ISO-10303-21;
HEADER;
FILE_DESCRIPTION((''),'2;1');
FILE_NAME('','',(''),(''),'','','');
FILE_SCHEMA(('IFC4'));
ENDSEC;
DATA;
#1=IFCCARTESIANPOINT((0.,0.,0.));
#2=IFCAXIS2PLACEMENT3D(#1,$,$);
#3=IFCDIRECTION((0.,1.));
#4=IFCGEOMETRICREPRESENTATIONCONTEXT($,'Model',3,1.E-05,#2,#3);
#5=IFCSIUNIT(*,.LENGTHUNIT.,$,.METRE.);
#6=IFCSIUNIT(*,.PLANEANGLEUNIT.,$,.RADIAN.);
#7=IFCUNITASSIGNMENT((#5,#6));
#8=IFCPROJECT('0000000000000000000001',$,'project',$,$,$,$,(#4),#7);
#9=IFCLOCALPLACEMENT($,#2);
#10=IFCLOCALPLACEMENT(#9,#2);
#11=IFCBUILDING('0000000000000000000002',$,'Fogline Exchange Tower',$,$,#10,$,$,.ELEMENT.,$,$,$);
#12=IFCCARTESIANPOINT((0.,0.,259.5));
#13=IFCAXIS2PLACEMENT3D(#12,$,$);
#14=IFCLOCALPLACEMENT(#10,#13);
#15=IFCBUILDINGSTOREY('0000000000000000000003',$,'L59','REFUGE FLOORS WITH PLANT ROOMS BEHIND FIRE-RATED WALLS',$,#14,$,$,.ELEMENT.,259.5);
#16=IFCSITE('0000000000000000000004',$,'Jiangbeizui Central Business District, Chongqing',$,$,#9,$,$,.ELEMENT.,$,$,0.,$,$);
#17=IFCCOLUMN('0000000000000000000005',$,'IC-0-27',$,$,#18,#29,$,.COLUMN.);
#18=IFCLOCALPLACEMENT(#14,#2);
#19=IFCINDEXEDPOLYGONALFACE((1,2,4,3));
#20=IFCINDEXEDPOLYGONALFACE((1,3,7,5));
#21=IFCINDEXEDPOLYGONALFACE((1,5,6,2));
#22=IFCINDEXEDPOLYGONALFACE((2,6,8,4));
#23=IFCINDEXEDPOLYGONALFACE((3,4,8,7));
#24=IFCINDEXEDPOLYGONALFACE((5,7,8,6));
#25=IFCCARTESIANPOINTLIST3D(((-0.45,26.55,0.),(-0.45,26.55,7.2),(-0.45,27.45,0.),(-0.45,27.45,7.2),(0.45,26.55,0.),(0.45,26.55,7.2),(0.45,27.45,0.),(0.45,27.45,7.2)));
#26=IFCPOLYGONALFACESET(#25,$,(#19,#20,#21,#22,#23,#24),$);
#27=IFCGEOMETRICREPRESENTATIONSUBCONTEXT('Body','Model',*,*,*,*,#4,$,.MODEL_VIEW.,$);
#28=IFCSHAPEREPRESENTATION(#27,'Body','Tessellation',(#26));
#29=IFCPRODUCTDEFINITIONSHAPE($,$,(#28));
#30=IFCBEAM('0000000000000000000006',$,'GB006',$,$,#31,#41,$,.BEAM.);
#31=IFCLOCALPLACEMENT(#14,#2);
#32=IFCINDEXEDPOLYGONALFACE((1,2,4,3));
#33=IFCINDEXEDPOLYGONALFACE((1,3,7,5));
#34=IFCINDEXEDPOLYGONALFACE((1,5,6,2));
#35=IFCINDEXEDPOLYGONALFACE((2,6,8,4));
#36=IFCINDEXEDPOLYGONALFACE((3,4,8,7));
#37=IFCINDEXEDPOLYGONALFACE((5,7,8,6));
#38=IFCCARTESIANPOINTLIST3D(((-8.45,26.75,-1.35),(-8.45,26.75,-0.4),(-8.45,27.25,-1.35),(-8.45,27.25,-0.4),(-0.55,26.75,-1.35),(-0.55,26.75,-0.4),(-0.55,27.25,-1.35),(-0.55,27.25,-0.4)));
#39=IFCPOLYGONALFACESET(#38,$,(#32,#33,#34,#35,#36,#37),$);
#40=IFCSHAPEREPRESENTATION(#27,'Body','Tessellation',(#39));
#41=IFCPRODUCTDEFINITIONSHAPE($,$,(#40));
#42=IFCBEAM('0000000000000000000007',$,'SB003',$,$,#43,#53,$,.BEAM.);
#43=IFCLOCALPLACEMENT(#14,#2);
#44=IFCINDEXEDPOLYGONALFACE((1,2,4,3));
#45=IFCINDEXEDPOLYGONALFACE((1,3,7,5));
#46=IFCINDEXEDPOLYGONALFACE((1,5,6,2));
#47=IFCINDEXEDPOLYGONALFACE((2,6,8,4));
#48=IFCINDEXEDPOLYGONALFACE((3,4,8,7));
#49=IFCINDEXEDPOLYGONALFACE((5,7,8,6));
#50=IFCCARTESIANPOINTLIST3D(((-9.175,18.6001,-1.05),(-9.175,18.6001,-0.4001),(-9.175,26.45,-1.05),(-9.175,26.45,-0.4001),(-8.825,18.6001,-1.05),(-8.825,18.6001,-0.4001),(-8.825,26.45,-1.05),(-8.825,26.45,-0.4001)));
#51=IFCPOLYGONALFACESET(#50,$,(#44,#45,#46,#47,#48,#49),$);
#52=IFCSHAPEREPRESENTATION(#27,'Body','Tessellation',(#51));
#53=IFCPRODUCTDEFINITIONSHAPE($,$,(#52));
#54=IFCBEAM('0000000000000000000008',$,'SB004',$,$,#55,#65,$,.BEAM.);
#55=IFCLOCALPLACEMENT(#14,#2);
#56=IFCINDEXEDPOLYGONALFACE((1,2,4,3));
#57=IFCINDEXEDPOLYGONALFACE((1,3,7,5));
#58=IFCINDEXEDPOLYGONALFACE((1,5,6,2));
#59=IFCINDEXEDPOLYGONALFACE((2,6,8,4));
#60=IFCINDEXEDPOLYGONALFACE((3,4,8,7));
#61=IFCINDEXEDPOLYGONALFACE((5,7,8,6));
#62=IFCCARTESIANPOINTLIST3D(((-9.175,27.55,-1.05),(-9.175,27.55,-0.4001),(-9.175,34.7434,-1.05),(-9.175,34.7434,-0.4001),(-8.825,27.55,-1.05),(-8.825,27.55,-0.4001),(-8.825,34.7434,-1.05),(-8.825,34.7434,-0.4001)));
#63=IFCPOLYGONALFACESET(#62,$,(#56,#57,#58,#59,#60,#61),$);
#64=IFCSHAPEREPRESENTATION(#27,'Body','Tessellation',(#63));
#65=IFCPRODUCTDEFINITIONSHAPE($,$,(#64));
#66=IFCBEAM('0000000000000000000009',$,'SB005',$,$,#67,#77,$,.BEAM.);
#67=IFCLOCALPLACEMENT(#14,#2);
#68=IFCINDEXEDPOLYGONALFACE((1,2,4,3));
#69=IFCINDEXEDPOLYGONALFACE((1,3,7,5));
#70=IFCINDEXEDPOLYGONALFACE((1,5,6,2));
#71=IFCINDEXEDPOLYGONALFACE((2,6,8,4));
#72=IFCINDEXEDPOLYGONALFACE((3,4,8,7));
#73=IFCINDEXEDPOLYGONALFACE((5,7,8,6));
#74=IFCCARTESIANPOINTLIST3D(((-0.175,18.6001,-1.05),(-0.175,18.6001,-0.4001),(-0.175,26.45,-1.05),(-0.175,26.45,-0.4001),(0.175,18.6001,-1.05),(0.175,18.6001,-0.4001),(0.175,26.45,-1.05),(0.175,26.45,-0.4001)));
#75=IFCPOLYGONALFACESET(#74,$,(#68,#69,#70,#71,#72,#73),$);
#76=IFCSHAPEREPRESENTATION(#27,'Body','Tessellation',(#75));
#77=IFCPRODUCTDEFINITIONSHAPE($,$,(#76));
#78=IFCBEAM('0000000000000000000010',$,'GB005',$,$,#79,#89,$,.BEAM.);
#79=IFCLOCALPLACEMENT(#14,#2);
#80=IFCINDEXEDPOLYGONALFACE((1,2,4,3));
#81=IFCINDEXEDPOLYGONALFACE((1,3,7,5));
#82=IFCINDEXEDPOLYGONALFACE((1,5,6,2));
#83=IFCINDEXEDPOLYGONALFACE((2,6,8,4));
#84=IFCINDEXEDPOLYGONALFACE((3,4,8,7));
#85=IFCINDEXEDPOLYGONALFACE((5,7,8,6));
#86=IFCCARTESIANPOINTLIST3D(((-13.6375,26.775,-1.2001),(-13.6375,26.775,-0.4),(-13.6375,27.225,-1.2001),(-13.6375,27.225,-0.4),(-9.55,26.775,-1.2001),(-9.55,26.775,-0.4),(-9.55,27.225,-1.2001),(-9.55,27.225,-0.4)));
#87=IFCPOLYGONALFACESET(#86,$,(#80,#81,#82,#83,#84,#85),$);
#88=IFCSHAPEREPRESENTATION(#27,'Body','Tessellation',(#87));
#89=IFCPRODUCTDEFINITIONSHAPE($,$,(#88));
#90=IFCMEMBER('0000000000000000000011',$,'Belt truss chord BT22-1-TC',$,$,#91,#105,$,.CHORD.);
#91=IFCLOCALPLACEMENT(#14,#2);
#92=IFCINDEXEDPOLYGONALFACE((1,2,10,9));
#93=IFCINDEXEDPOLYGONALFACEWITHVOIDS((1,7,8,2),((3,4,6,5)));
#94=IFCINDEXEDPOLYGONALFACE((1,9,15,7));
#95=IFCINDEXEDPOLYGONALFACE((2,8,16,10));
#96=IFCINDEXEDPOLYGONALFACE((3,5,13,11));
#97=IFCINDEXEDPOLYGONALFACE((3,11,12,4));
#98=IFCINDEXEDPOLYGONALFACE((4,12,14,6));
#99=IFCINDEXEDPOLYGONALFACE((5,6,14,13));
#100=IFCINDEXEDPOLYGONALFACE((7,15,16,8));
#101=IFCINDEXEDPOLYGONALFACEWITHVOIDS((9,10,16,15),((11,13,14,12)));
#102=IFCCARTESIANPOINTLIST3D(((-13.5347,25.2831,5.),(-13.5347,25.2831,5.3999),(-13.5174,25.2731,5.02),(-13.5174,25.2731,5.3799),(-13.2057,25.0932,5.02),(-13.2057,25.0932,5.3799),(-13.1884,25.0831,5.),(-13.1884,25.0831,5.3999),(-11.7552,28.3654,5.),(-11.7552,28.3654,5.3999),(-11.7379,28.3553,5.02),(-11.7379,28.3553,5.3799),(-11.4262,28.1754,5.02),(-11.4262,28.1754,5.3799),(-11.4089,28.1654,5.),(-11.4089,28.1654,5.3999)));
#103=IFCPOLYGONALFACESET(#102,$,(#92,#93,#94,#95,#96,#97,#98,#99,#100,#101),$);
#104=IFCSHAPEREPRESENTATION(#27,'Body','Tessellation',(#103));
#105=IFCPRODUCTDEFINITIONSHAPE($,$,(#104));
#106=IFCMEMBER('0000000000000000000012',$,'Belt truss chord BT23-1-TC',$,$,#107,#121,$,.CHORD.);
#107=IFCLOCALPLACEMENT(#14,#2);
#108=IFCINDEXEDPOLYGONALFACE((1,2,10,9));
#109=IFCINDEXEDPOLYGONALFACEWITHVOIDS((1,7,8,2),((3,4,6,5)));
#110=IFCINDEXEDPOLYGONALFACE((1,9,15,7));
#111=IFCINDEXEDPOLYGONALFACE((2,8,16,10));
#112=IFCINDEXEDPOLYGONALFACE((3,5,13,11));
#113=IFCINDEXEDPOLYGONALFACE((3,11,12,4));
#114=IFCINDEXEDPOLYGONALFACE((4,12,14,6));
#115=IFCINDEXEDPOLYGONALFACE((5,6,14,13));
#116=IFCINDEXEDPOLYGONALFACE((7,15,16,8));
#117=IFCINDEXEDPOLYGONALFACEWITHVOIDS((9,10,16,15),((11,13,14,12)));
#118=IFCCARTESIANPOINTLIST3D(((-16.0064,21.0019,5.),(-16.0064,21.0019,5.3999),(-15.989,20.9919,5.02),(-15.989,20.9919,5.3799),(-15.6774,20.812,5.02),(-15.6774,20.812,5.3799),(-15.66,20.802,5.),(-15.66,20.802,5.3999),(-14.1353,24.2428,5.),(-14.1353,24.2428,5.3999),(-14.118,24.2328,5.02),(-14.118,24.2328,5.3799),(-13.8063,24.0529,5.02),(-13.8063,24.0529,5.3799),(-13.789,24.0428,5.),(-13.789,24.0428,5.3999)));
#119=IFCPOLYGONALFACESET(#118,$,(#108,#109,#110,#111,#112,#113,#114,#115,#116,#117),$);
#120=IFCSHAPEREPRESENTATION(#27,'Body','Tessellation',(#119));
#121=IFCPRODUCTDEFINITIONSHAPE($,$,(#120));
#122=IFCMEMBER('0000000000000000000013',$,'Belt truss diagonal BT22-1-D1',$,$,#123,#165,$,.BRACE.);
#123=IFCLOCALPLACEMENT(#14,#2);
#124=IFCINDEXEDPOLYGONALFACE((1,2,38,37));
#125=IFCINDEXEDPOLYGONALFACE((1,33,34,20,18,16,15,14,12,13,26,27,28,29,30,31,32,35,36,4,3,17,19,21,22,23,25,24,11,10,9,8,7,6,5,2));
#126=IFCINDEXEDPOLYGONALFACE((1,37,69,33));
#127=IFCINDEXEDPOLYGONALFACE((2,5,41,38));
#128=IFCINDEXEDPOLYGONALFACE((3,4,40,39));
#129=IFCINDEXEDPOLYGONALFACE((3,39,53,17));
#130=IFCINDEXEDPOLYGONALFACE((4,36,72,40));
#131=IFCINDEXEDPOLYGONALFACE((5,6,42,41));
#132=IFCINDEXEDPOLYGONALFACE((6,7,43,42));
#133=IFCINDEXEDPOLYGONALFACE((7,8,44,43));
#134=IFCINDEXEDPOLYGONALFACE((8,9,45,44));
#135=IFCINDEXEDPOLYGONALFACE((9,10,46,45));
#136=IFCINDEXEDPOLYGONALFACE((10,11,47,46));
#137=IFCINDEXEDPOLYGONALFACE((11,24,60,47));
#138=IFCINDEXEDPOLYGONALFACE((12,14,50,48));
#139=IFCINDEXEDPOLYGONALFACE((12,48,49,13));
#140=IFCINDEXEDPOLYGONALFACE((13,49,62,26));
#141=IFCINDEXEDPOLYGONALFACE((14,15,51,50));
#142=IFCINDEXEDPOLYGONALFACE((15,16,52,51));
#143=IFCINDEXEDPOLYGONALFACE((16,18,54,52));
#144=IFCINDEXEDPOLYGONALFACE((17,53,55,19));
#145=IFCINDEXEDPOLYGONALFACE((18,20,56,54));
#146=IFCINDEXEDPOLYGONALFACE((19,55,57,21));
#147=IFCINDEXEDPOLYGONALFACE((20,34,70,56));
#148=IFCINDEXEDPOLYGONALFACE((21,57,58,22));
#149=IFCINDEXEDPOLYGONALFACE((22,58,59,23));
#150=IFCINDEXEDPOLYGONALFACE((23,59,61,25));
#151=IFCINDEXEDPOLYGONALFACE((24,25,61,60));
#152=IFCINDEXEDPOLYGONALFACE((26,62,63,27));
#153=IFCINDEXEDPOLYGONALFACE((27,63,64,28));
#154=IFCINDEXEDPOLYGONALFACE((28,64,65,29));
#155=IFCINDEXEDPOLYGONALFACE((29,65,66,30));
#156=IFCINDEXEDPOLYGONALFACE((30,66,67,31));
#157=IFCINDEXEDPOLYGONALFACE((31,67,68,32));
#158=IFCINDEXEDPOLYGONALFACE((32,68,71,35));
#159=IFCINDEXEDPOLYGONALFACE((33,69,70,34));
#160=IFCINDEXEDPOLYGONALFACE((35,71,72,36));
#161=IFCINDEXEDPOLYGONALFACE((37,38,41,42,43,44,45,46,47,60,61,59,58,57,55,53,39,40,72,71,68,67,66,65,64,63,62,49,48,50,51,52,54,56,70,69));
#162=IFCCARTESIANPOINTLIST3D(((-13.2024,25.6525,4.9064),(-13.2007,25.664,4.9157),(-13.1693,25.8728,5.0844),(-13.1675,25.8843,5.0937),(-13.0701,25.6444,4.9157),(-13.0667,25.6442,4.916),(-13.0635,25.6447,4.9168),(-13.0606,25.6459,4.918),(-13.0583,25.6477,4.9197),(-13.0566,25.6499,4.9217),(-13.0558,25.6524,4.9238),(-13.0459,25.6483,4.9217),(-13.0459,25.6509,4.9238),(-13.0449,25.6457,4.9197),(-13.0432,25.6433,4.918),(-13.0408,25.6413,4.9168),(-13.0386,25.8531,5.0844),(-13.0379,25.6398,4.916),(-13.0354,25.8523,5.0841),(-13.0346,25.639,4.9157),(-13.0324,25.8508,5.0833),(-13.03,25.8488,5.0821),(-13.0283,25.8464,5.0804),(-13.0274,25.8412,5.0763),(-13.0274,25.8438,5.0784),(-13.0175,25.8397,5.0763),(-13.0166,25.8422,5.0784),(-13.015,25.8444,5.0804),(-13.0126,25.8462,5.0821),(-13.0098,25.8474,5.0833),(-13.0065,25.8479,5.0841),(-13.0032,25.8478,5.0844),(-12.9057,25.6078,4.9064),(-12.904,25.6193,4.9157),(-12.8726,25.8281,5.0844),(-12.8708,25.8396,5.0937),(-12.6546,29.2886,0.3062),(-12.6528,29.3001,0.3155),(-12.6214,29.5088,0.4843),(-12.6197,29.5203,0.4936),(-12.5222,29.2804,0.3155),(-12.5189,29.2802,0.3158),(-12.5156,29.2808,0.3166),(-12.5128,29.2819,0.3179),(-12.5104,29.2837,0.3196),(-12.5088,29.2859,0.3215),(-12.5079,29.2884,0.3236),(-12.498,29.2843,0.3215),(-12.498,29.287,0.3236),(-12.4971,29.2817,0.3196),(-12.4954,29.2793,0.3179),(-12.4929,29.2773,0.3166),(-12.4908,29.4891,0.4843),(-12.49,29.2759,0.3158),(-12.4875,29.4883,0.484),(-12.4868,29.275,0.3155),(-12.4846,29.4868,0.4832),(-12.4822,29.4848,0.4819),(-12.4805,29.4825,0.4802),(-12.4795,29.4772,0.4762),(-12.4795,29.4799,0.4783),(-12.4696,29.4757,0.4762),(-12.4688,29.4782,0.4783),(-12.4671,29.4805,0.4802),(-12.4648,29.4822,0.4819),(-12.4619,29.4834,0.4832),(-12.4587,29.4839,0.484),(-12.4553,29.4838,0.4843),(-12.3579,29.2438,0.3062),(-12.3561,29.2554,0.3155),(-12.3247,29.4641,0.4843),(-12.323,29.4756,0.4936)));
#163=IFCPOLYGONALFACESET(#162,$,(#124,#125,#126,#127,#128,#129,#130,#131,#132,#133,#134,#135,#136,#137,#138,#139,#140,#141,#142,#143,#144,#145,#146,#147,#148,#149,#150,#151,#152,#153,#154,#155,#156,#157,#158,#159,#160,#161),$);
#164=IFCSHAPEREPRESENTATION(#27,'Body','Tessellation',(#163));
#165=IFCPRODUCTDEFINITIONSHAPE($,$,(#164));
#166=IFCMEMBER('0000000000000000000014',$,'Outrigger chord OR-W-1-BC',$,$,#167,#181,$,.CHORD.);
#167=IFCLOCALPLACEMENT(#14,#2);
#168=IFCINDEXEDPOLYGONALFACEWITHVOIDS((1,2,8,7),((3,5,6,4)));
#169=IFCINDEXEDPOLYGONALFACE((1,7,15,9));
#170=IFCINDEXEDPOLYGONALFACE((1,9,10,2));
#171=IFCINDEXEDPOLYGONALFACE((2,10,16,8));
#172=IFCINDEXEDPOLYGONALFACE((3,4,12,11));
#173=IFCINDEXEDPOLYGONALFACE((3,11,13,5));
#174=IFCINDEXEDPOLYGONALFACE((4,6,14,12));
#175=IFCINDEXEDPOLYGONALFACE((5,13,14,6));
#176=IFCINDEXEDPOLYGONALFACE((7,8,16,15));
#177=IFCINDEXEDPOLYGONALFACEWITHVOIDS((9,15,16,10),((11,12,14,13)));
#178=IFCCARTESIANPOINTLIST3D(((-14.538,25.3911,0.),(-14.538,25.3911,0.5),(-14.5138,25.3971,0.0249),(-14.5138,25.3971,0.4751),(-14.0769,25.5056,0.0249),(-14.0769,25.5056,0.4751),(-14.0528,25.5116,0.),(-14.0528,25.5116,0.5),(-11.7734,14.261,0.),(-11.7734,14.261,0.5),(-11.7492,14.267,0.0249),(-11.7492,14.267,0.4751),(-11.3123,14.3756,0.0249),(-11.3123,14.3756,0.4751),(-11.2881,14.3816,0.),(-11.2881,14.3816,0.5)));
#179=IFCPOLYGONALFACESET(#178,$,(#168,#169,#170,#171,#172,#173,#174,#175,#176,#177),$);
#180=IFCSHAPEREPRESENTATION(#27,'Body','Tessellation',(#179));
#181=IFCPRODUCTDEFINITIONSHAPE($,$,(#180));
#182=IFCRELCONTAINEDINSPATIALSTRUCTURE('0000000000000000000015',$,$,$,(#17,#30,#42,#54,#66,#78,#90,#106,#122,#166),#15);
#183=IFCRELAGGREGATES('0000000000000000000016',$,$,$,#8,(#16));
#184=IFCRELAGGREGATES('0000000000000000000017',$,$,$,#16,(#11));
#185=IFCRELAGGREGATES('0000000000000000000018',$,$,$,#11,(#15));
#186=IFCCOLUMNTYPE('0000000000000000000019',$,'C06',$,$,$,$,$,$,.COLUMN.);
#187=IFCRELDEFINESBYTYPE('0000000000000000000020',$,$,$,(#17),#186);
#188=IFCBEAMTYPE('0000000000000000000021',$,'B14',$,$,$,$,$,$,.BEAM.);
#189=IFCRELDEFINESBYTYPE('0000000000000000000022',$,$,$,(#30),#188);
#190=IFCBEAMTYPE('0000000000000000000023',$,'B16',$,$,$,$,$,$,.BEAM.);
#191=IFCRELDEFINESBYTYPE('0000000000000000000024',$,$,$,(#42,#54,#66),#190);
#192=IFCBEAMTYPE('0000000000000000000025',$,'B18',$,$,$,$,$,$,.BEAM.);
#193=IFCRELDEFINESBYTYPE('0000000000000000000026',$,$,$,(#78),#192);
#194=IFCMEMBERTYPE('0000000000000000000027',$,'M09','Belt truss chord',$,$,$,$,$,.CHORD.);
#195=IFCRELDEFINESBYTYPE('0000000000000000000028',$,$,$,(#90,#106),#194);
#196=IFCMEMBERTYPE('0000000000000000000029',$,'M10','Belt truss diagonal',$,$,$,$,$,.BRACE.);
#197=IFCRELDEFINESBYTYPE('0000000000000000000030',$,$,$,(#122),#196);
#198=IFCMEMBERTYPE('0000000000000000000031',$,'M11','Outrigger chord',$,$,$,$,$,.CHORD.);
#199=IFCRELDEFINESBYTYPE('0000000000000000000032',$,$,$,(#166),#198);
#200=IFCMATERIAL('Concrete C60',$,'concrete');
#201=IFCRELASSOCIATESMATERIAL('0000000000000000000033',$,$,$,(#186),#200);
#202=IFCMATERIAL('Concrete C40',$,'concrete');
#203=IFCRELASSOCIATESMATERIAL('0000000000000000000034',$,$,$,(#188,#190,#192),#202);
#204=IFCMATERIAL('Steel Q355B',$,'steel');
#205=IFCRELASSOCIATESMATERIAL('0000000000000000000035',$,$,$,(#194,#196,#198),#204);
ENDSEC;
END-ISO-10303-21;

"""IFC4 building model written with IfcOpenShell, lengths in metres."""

from ifc_helpers import new_model, si_unit, direction, frame, origin, origin_2d, place, context, subcontext, project, spatial, rectangle, hollow_rectangle, i_section, extrude, material, material_profile, profile_set, type_object, element, save


model = new_model("IFC4")

# Units and contexts
model_context = context("Model", 3, precision=1e-05, world=origin(), true_north=direction((0.0, 1.0)))
body_context = subcontext(model_context, "Body", "Model", "MODEL_VIEW")
ifc_project = project(units=[si_unit("LENGTHUNIT", "METRE"), si_unit("PLANEANGLEUNIT", "RADIAN")], contexts=[model_context])

# Site, building, storey
site_placement = place(None, origin())
site = spatial("IfcSite", under=ifc_project, at=site_placement, Name="Jiangbeizui Central Business District, Chongqing", CompositionType="ELEMENT", RefElevation=0.0)
building_placement = place(site_placement, origin())
building = spatial("IfcBuilding", under=site, at=building_placement, Name="Fogline Exchange Tower", CompositionType="ELEMENT")
storey_placement = place(building_placement, frame((0.0, 0.0, 259.5)))
storey = spatial("IfcBuildingStorey", under=building, at=storey_placement, Name="L59", Description="REFUGE FLOORS WITH PLANT ROOMS BEHIND FIRE-RATED WALLS", CompositionType="ELEMENT", Elevation=259.5)

# Column
ifc_material_1 = material(Name="Concrete C60", Category="concrete")
ifc_material_profile_1 = material_profile(ifc_material_1, rectangle(XDim=0.8999, YDim=0.8999, at=origin_2d()), Name="RC 900x900")
ifc_profile_set_1 = profile_set([ifc_material_profile_1], Name="Concrete C60")
column_type = type_object("IfcColumnType", Name="C06", PredefinedType="COLUMN", material=ifc_profile_set_1)
column_placement = place(storey_placement, frame((0.0, 27.0, 0.0), z_axis=(0.0, 0.0, 1.0), x_axis=(1.0, 0.0, 0.0)))
element("IfcColumn", 1, at=column_placement, inside=storey, type_object=column_type, Name="IC-0-27", PredefinedType="COLUMN", context=body_context, shape_type="SweptSolid", body=[
    extrude(rectangle(XDim=0.8999, YDim=0.8999, at=origin_2d()), origin(), (0.0, 0.0, 1.0), 7.2),
])

# Beams
ifc_material_2 = material(Name="Concrete C40", Category="concrete")
ifc_material_profile_2 = material_profile(ifc_material_2, rectangle(XDim=0.5, YDim=0.95, at=origin_2d()), Name="RC 500x950")
ifc_profile_set_2 = profile_set([ifc_material_profile_2], Name="Concrete C40")
beam_type_1 = type_object("IfcBeamType", Name="B14", PredefinedType="BEAM", material=ifc_profile_set_2)
beam_1_placement = place(storey_placement, frame((-8.45, 27.0, -0.875), z_axis=(1.0, 0.0, 0.0), x_axis=(0.0, 1.0, 0.0)))
element("IfcBeam", 2, at=beam_1_placement, inside=storey, type_object=beam_type_1, Name="GB006", PredefinedType="BEAM", context=body_context, shape_type="SweptSolid", body=[
    extrude(rectangle(XDim=0.5, YDim=0.95, at=origin_2d()), origin(), (0.0, 0.0, 1.0), 7.8999),
])
ifc_material_profile_3 = material_profile(ifc_material_2, rectangle(XDim=0.3501, YDim=0.6499, at=origin_2d()), Name="RC 350x650")
ifc_profile_set_3 = profile_set([ifc_material_profile_3], Name="Concrete C40")
beam_type_2 = type_object("IfcBeamType", Name="B16", PredefinedType="BEAM", material=ifc_profile_set_3)
beam_2_placement = place(storey_placement, frame((-9.0, 18.6001, -0.7251), z_axis=(0.0, 1.0, 0.0), x_axis=(-1.0, 0.0, 0.0)))
element("IfcBeam", 3, at=beam_2_placement, inside=storey, type_object=beam_type_2, Name="SB003", PredefinedType="BEAM", context=body_context, shape_type="SweptSolid", body=[
    extrude(rectangle(XDim=0.3501, YDim=0.6499, at=origin_2d()), origin(), (0.0, 0.0, 1.0), 7.8499),
])
beam_3_placement = place(storey_placement, frame((-9.0, 27.55, -0.7251), z_axis=(0.0, 1.0, 0.0), x_axis=(-1.0, 0.0, 0.0)))
element("IfcBeam", 4, at=beam_3_placement, inside=storey, type_object=beam_type_2, Name="SB004", PredefinedType="BEAM", context=body_context, shape_type="SweptSolid", body=[
    extrude(rectangle(XDim=0.3501, YDim=0.6499, at=origin_2d()), origin(), (0.0, 0.0, 1.0), 7.1934),
])
beam_4_placement = place(storey_placement, frame((0.0, 18.6001, -0.7251), z_axis=(0.0, 1.0, 0.0), x_axis=(-1.0, 0.0, 0.0)))
element("IfcBeam", 5, at=beam_4_placement, inside=storey, type_object=beam_type_2, Name="SB005", PredefinedType="BEAM", context=body_context, shape_type="SweptSolid", body=[
    extrude(rectangle(XDim=0.3501, YDim=0.6499, at=origin_2d()), origin(), (0.0, 0.0, 1.0), 7.8499),
])
ifc_material_profile_4 = material_profile(ifc_material_2, rectangle(XDim=0.45, YDim=0.8, at=origin_2d()), Name="RC 450x800")
ifc_profile_set_4 = profile_set([ifc_material_profile_4], Name="Concrete C40")
beam_type_3 = type_object("IfcBeamType", Name="B18", PredefinedType="BEAM", material=ifc_profile_set_4)
beam_5_placement = place(storey_placement, frame((-13.6375, 27.0, -0.8), z_axis=(1.0, 0.0, 0.0), x_axis=(0.0, 1.0, 0.0)))
element("IfcBeam", 6, at=beam_5_placement, inside=storey, type_object=beam_type_3, Name="GB005", PredefinedType="BEAM", context=body_context, shape_type="SweptSolid", body=[
    extrude(rectangle(XDim=0.45, YDim=0.8, at=origin_2d()), origin(), (0.0, 0.0, 1.0), 4.0874),
])

# Members
ifc_material_3 = material(Name="Steel Q355B", Category="steel")
ifc_material_profile_5 = material_profile(ifc_material_3, hollow_rectangle(XDim=0.3999, YDim=0.3999, WallThickness=0.02, at=origin_2d()), Name="BOX400X400X20")
ifc_profile_set_5 = profile_set([ifc_material_profile_5], Name="Steel Q355B")
member_type_1 = type_object("IfcMemberType", Name="M09", Description="Belt truss chord", PredefinedType="CHORD", material=ifc_profile_set_5)
member_1_placement = place(storey_placement, frame((-11.582, 28.2654, 5.2), z_axis=(-0.499998, -0.866027, 0.0), x_axis=(0.866027, -0.499998, 0.0)))
element("IfcMember", 7, at=member_1_placement, inside=storey, type_object=member_type_1, Name="Belt truss chord BT22-1-TC", PredefinedType="CHORD", context=body_context, shape_type="SweptSolid", body=[
    extrude(hollow_rectangle(XDim=0.3999, YDim=0.3999, WallThickness=0.02, at=origin_2d()), origin(), (0.0, 0.0, 1.0), 3.5591),
])
member_2_placement = place(storey_placement, frame((-13.9622, 24.1428, 5.2), z_axis=(-0.499984, -0.866035, 0.0), x_axis=(0.866035, -0.499984, 0.0)))
element("IfcMember", 8, at=member_2_placement, inside=storey, type_object=member_type_1, Name="Belt truss chord BT23-1-TC", PredefinedType="CHORD", context=body_context, shape_type="SweptSolid", body=[
    extrude(hollow_rectangle(XDim=0.3999, YDim=0.3999, WallThickness=0.02, at=origin_2d()), origin(), (0.0, 0.0, 1.0), 3.7422),
])
ifc_material_profile_6 = material_profile(ifc_material_3, i_section(OverallWidth=0.3, OverallDepth=0.3, WebThickness=0.01, FlangeThickness=0.0149, FilletRadius=0.0129, at=origin_2d()), Name="HW300X300X10X15")
ifc_profile_set_6 = profile_set([ifc_material_profile_6], Name="Steel Q355B")
member_type_2 = type_object("IfcMemberType", Name="M10", Description="Belt truss diagonal", PredefinedType="BRACE", material=ifc_profile_set_6)
member_3_placement = place(storey_placement, frame((-12.4888, 29.3821, 0.3999), z_axis=(-0.093028, -0.61741, 0.781121), x_axis=(0.988838, -0.148993, 0.0)))
element("IfcMember", 9, at=member_3_placement, inside=storey, type_object=member_type_2, Name="Belt truss diagonal BT22-1-D1", PredefinedType="BRACE", context=body_context, shape_type="SweptSolid", body=[
    extrude(i_section(OverallWidth=0.3, OverallDepth=0.3, WebThickness=0.01, FlangeThickness=0.0149, FilletRadius=0.0129, at=origin_2d()), origin(), (0.0, 0.0, 1.0), 5.8892),
])
ifc_material_profile_7 = material_profile(ifc_material_3, hollow_rectangle(XDim=0.5, YDim=0.5, WallThickness=0.0249, at=origin_2d()), Name="BOX500X500X25")
ifc_profile_set_7 = profile_set([ifc_material_profile_7], Name="Steel Q355B")
member_type_3 = type_object("IfcMemberType", Name="M11", Description="Outrigger chord", PredefinedType="CHORD", material=ifc_profile_set_7)
member_4_placement = place(storey_placement, frame((-11.5308, 14.3213, 0.25), z_axis=(-0.241068, 0.970508, 0.0), x_axis=(-0.970508, -0.241068, 0.0)))
element("IfcMember", 10, at=member_4_placement, inside=storey, type_object=member_type_3, Name="Outrigger chord OR-W-1-BC", PredefinedType="CHORD", context=body_context, shape_type="SweptSolid", body=[
    extrude(hollow_rectangle(XDim=0.5, YDim=0.5, WallThickness=0.0249, at=origin_2d()), origin(), (0.0, 0.0, 1.0), 11.4683),
])

save(model, "model.ifc")
